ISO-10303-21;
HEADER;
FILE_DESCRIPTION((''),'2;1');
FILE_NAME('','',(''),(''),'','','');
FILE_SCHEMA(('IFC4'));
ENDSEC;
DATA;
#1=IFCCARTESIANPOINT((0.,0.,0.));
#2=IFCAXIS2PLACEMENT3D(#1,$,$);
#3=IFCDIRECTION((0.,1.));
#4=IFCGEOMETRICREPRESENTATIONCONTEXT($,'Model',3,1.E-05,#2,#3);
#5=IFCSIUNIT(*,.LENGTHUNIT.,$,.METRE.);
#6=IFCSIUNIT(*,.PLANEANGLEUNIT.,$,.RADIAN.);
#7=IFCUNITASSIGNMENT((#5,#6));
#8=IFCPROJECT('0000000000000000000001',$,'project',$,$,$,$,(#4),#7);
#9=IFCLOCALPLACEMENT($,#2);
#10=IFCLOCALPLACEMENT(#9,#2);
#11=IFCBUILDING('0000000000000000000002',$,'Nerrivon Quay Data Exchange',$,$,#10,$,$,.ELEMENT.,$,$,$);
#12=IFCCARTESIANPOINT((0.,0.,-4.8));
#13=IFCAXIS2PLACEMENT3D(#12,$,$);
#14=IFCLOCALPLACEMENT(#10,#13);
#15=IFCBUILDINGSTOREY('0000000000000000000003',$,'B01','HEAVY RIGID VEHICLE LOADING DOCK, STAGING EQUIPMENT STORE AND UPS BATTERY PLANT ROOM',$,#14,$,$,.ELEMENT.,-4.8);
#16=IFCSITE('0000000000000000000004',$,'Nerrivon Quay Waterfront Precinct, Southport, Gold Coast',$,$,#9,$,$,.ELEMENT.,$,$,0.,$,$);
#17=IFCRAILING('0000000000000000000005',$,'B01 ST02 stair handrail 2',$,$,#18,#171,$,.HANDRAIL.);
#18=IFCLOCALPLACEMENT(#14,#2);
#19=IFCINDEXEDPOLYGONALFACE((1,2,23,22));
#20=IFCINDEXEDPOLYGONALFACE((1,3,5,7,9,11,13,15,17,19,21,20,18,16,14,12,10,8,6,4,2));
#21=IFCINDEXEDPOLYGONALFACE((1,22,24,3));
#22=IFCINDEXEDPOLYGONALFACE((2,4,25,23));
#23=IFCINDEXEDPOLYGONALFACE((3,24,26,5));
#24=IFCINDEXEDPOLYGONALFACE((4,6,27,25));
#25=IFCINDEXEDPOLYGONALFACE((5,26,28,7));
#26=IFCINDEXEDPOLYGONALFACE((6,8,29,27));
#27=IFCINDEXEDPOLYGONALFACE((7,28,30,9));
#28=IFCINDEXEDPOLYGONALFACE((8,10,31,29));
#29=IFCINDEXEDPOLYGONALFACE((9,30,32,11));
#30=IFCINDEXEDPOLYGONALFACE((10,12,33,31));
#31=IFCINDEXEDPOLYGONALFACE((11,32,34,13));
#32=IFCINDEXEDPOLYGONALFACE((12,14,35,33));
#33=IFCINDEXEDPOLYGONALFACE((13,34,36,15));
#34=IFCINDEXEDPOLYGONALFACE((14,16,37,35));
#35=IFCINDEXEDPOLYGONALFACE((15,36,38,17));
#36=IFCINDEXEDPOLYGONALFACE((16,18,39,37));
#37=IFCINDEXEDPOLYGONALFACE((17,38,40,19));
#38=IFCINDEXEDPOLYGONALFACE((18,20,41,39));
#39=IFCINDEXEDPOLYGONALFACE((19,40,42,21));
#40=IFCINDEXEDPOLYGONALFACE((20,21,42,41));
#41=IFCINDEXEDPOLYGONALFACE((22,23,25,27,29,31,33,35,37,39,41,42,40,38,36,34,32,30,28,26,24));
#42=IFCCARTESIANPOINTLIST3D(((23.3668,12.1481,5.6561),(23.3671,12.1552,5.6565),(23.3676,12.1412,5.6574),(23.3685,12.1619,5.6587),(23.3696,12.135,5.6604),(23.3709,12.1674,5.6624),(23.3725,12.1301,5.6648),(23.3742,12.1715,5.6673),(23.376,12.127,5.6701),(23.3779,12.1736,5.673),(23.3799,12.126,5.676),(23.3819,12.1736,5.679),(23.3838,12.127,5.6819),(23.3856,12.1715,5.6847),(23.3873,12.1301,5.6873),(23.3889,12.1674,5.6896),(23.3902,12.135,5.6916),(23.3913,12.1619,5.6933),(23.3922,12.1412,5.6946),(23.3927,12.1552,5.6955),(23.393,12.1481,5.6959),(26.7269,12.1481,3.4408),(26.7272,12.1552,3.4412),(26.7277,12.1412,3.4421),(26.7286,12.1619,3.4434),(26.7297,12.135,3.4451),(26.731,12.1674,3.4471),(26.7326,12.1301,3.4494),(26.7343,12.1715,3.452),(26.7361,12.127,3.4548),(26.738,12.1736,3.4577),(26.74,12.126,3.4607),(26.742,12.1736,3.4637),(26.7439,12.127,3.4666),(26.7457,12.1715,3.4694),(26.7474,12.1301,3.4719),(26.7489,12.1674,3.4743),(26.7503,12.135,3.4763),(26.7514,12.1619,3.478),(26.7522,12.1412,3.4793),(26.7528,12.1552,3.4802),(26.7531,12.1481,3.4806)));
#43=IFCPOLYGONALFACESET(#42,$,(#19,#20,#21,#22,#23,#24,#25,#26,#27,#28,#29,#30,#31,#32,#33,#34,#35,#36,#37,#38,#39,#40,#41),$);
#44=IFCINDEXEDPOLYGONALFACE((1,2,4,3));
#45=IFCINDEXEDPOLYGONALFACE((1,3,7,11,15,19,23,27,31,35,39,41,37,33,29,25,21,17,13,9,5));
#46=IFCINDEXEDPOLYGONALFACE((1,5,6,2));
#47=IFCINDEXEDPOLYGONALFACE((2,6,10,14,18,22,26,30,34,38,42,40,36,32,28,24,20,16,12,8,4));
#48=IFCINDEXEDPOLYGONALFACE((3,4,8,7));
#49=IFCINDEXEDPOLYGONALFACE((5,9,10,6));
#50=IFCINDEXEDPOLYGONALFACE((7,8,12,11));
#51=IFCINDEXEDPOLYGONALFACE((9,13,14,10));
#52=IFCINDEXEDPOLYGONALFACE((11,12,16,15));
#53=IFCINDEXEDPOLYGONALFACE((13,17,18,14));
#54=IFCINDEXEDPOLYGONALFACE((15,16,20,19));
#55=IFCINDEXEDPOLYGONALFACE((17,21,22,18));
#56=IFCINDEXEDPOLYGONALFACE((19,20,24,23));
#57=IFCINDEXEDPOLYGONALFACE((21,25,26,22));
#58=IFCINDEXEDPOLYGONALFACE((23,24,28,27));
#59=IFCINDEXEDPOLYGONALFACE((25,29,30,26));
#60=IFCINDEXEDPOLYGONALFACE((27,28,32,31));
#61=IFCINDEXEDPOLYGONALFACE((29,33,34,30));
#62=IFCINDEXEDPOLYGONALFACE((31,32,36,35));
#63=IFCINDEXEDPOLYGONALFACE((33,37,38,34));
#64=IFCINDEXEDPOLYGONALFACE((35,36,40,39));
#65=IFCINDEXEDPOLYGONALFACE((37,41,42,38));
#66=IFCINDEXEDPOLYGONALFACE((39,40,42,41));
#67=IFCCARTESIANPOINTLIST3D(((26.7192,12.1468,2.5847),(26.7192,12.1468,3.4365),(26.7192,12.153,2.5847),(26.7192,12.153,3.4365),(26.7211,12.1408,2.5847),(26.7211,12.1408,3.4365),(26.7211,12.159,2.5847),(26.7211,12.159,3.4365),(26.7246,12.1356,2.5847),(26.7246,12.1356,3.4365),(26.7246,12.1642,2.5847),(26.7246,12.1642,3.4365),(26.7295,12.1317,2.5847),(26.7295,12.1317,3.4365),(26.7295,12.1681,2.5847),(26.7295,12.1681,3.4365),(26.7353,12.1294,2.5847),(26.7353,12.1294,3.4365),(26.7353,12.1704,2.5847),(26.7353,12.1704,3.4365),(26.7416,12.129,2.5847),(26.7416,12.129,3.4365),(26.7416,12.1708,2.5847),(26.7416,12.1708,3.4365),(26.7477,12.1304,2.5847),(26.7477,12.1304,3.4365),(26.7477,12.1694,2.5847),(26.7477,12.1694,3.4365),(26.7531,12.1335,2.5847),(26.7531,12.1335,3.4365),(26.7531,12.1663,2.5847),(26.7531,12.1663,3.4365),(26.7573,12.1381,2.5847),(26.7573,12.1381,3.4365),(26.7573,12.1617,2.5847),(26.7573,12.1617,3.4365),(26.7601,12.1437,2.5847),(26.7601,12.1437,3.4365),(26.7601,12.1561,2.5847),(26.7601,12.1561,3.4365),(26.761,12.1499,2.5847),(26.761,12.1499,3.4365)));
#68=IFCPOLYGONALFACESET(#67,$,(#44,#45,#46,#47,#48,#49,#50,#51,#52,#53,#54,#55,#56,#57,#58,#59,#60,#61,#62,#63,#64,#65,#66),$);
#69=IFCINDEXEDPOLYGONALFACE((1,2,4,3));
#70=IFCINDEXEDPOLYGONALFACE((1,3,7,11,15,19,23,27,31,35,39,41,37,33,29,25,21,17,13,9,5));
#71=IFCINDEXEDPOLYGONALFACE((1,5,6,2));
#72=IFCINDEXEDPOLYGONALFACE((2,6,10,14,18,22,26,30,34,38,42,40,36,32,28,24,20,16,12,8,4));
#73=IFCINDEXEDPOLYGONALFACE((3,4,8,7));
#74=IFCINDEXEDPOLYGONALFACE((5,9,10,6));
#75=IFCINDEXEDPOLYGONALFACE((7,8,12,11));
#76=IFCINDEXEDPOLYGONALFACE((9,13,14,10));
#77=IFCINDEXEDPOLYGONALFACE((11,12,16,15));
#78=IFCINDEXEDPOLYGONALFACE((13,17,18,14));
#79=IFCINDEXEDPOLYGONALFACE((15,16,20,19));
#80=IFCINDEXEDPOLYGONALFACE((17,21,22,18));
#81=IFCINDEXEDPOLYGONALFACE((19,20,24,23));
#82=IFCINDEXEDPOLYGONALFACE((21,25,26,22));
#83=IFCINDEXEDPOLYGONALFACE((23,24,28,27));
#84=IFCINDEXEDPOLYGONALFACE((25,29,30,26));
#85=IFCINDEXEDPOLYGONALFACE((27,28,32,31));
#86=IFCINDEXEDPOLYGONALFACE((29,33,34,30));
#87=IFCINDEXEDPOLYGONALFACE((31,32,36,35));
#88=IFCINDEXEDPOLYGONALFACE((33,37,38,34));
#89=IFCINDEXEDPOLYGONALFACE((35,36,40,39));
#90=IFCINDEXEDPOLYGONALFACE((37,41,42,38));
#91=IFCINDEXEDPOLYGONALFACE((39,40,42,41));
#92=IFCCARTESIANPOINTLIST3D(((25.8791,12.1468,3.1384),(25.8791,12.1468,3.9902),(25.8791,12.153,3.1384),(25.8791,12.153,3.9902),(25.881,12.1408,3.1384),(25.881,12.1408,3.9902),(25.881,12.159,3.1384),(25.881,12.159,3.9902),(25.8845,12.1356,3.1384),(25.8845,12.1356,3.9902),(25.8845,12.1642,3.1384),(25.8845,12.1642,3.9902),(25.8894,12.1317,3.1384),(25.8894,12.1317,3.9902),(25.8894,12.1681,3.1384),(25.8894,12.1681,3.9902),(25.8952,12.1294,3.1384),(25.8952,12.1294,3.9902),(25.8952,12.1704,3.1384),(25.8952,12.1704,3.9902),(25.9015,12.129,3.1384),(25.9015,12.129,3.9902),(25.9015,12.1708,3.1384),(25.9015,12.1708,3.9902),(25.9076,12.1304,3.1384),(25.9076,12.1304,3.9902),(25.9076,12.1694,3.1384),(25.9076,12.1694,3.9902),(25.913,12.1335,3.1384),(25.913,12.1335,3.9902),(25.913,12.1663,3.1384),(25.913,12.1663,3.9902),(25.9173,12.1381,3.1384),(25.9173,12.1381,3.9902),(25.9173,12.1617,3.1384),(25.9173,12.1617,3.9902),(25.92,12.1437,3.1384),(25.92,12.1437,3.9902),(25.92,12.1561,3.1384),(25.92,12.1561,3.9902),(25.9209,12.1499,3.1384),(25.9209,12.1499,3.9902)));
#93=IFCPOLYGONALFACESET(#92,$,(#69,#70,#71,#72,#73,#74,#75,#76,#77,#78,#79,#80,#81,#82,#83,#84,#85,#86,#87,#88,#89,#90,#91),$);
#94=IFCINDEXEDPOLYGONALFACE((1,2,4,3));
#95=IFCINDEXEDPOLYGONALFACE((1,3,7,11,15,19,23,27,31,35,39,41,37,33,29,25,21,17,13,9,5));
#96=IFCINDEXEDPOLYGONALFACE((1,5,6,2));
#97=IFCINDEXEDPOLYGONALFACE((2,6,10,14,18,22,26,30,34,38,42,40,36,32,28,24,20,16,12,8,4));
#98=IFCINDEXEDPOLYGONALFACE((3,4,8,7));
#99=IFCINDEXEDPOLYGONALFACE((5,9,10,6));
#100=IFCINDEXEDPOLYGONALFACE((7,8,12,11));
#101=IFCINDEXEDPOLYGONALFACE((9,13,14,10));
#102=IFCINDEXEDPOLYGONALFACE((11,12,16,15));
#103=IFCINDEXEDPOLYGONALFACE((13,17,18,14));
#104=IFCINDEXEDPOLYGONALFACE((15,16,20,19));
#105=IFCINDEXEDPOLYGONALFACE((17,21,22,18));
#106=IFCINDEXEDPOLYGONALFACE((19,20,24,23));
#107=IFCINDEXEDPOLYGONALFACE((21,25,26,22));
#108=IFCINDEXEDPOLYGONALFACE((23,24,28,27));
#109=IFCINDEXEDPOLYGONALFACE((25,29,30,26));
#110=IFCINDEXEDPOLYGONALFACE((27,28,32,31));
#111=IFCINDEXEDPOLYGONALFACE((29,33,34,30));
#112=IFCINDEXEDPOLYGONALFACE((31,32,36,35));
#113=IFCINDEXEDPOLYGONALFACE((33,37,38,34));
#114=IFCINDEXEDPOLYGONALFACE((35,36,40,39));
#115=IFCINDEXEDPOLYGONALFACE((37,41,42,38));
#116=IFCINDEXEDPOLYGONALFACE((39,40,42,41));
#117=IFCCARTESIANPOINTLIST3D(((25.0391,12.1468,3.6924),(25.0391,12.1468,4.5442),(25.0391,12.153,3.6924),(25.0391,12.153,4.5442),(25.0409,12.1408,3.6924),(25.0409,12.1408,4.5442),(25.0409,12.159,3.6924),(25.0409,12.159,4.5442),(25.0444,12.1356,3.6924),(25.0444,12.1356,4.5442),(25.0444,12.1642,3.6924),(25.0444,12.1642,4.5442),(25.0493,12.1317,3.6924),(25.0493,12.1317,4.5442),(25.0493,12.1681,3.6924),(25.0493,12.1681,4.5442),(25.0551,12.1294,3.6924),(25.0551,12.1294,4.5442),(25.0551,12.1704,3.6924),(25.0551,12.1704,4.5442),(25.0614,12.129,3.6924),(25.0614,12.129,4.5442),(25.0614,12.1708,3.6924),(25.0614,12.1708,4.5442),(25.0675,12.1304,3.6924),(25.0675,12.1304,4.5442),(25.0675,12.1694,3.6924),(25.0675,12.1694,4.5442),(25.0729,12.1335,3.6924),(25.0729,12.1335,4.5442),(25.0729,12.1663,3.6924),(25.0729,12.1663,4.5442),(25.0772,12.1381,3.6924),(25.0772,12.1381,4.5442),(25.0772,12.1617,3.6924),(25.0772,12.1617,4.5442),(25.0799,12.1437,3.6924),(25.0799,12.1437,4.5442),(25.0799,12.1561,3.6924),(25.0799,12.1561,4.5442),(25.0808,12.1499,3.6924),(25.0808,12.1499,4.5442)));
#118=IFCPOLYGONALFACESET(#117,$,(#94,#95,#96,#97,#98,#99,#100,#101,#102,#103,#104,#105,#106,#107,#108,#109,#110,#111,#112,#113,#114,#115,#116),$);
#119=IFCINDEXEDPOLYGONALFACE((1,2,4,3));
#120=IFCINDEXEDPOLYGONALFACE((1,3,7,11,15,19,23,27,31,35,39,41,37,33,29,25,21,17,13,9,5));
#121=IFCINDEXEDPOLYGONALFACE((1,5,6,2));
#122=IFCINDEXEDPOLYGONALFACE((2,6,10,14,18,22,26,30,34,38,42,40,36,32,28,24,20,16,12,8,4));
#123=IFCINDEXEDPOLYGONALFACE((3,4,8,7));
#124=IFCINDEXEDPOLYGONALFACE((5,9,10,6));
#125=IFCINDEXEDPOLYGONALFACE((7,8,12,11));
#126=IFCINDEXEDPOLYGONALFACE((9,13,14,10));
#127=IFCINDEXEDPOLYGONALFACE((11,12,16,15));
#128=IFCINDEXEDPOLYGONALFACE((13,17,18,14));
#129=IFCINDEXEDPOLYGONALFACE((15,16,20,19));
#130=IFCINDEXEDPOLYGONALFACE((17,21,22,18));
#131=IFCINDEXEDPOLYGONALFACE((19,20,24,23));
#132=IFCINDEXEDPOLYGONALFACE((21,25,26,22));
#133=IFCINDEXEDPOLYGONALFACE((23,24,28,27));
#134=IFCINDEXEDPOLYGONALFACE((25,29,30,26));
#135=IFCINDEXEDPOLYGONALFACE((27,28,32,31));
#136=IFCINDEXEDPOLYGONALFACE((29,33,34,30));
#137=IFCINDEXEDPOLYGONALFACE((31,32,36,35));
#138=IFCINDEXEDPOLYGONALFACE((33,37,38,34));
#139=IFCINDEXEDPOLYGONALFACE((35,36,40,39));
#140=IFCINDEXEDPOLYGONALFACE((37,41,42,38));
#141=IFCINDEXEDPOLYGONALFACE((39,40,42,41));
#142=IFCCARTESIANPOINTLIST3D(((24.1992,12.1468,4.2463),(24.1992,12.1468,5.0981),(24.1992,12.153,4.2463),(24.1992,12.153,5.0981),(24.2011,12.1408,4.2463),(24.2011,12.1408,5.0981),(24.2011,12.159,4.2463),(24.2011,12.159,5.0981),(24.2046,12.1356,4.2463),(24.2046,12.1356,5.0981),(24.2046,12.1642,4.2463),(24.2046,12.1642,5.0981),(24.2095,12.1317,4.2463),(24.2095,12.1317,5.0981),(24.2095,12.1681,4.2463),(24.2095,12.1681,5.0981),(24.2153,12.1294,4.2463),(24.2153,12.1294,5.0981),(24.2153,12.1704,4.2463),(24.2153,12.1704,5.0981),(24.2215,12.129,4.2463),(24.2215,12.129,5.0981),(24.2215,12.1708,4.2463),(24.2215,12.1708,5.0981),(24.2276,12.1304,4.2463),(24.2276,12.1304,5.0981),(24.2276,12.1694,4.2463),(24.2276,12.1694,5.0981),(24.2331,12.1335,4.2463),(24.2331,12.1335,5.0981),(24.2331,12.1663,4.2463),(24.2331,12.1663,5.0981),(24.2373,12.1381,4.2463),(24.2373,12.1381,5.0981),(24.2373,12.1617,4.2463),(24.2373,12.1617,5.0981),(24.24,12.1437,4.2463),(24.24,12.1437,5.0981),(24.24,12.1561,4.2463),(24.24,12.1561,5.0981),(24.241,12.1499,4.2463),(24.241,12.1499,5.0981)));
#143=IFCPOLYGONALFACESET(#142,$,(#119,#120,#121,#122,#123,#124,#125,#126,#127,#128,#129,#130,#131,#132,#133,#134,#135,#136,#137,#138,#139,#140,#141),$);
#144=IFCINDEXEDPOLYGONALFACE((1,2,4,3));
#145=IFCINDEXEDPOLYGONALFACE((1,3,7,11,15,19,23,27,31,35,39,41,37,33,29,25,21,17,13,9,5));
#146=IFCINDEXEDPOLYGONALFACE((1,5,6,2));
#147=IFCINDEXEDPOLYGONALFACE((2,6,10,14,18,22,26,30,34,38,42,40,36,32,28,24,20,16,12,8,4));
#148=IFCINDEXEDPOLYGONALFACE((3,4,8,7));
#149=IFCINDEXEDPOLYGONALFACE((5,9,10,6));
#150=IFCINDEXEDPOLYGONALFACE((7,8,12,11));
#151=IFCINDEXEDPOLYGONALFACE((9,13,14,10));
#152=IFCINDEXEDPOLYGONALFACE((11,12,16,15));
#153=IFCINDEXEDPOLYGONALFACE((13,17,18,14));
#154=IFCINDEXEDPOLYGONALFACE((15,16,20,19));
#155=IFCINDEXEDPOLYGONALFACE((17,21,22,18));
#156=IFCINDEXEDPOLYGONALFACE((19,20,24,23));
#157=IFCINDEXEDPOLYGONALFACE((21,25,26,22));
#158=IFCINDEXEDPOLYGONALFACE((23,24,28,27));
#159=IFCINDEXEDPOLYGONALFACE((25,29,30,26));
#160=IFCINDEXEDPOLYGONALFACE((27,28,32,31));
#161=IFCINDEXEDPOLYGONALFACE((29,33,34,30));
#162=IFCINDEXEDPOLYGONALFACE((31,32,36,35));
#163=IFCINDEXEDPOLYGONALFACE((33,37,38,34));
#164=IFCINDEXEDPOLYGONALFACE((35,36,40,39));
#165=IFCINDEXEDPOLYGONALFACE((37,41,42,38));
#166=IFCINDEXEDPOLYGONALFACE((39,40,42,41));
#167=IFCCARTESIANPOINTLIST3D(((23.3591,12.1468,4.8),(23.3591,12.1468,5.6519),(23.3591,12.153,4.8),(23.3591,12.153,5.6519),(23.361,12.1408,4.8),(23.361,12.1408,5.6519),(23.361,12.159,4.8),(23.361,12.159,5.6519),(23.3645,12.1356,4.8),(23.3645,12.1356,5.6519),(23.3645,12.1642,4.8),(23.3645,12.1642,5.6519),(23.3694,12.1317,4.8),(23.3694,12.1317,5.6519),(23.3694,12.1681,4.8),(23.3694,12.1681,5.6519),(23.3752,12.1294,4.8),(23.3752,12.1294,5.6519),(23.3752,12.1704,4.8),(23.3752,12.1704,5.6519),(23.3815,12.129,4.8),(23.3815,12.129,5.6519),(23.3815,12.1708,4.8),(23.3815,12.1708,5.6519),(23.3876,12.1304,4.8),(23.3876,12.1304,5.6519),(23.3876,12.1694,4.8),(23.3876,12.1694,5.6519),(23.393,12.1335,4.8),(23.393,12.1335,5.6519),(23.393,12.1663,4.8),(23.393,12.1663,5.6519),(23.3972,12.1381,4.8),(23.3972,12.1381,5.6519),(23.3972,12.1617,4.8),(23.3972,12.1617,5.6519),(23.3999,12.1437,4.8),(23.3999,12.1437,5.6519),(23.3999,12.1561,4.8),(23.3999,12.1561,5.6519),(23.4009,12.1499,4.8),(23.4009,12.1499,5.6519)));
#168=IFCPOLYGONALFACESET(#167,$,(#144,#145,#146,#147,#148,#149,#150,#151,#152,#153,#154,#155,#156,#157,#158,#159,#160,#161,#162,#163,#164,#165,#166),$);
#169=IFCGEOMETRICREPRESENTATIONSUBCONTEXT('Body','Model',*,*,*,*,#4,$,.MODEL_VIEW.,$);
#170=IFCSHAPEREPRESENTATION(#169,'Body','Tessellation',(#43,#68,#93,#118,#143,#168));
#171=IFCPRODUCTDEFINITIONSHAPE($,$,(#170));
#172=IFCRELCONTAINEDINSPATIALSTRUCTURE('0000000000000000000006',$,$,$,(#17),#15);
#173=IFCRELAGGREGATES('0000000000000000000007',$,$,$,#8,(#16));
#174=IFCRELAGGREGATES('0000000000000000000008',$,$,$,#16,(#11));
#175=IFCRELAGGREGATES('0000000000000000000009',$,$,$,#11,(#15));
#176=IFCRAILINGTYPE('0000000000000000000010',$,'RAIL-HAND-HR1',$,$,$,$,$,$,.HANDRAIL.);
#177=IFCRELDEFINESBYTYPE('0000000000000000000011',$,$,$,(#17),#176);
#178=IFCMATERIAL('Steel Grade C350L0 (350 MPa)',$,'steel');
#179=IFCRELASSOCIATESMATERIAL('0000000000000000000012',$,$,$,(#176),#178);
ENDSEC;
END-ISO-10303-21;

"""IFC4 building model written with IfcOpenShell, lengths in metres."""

from ifc_helpers import new_model, si_unit, direction, frame, origin, origin_2d, place, context, subcontext, project, spatial, circle, extrude, material, type_object, element, save


model = new_model("IFC4")

# Units and contexts
model_context = context("Model", 3, precision=1e-05, world=origin(), true_north=direction((0.0, 1.0)))
body_context = subcontext(model_context, "Body", "Model", "MODEL_VIEW")
ifc_project = project(units=[si_unit("LENGTHUNIT", "METRE"), si_unit("PLANEANGLEUNIT", "RADIAN")], contexts=[model_context])

# Site, building, storey
site_placement = place(None, origin())
site = spatial("IfcSite", under=ifc_project, at=site_placement, Name="Nerrivon Quay Waterfront Precinct, Southport, Gold Coast", CompositionType="ELEMENT", RefElevation=0.0)
building_placement = place(site_placement, origin())
building = spatial("IfcBuilding", under=site, at=building_placement, Name="Nerrivon Quay Data Exchange", CompositionType="ELEMENT")
storey_placement = place(building_placement, frame((0.0, 0.0, -4.8)))
storey = spatial("IfcBuildingStorey", under=building, at=storey_placement, Name="B01", Description="HEAVY RIGID VEHICLE LOADING DOCK, STAGING EQUIPMENT STORE AND UPS BATTERY PLANT ROOM", CompositionType="ELEMENT", Elevation=-4.8)

# Railing
ifc_material_1 = material(Name="Steel Grade C350L0 (350 MPa)", Category="steel")
railing_type_1 = type_object("IfcRailingType", Name="RAIL-HAND-HR1", PredefinedType="HANDRAIL", material=ifc_material_1)
railing_1_placement = place(storey_placement, frame((26.74, 12.1499, 2.5847)))
element("IfcRailing", 1, at=railing_1_placement, inside=storey, type_object=railing_type_1, Name="B01 ST02 stair handrail 2", PredefinedType="HANDRAIL", context=body_context, shape_type="SweptSolid", body=[
    extrude(circle(Radius=0.0239, at=origin_2d()), frame((0.0, 0.0, 0.876), z_axis=(-0.834876, 0.0, 0.550437), x_axis=(0.0, -1.0, 0.0)), (0.0, 0.0, 1.0), 4.0247),
    extrude(circle(Radius=0.021, at=origin_2d()), origin(), (0.0, 0.0, 1.0), 0.8518),
    extrude(circle(Radius=0.021, at=origin_2d()), frame((-0.8401, 0.0, 0.5537)), (0.0, 0.0, 1.0), 0.8518),
    extrude(circle(Radius=0.021, at=origin_2d()), frame((-1.6802, 0.0, 1.1077)), (0.0, 0.0, 1.0), 0.8518),
    extrude(circle(Radius=0.021, at=origin_2d()), frame((-2.52, 0.0, 1.6616)), (0.0, 0.0, 1.0), 0.8518),
    extrude(circle(Radius=0.021, at=origin_2d()), frame((-3.3601, 0.0, 2.2153)), (0.0, 0.0, 1.0), 0.8518),
])

save(model, "model.ifc")
